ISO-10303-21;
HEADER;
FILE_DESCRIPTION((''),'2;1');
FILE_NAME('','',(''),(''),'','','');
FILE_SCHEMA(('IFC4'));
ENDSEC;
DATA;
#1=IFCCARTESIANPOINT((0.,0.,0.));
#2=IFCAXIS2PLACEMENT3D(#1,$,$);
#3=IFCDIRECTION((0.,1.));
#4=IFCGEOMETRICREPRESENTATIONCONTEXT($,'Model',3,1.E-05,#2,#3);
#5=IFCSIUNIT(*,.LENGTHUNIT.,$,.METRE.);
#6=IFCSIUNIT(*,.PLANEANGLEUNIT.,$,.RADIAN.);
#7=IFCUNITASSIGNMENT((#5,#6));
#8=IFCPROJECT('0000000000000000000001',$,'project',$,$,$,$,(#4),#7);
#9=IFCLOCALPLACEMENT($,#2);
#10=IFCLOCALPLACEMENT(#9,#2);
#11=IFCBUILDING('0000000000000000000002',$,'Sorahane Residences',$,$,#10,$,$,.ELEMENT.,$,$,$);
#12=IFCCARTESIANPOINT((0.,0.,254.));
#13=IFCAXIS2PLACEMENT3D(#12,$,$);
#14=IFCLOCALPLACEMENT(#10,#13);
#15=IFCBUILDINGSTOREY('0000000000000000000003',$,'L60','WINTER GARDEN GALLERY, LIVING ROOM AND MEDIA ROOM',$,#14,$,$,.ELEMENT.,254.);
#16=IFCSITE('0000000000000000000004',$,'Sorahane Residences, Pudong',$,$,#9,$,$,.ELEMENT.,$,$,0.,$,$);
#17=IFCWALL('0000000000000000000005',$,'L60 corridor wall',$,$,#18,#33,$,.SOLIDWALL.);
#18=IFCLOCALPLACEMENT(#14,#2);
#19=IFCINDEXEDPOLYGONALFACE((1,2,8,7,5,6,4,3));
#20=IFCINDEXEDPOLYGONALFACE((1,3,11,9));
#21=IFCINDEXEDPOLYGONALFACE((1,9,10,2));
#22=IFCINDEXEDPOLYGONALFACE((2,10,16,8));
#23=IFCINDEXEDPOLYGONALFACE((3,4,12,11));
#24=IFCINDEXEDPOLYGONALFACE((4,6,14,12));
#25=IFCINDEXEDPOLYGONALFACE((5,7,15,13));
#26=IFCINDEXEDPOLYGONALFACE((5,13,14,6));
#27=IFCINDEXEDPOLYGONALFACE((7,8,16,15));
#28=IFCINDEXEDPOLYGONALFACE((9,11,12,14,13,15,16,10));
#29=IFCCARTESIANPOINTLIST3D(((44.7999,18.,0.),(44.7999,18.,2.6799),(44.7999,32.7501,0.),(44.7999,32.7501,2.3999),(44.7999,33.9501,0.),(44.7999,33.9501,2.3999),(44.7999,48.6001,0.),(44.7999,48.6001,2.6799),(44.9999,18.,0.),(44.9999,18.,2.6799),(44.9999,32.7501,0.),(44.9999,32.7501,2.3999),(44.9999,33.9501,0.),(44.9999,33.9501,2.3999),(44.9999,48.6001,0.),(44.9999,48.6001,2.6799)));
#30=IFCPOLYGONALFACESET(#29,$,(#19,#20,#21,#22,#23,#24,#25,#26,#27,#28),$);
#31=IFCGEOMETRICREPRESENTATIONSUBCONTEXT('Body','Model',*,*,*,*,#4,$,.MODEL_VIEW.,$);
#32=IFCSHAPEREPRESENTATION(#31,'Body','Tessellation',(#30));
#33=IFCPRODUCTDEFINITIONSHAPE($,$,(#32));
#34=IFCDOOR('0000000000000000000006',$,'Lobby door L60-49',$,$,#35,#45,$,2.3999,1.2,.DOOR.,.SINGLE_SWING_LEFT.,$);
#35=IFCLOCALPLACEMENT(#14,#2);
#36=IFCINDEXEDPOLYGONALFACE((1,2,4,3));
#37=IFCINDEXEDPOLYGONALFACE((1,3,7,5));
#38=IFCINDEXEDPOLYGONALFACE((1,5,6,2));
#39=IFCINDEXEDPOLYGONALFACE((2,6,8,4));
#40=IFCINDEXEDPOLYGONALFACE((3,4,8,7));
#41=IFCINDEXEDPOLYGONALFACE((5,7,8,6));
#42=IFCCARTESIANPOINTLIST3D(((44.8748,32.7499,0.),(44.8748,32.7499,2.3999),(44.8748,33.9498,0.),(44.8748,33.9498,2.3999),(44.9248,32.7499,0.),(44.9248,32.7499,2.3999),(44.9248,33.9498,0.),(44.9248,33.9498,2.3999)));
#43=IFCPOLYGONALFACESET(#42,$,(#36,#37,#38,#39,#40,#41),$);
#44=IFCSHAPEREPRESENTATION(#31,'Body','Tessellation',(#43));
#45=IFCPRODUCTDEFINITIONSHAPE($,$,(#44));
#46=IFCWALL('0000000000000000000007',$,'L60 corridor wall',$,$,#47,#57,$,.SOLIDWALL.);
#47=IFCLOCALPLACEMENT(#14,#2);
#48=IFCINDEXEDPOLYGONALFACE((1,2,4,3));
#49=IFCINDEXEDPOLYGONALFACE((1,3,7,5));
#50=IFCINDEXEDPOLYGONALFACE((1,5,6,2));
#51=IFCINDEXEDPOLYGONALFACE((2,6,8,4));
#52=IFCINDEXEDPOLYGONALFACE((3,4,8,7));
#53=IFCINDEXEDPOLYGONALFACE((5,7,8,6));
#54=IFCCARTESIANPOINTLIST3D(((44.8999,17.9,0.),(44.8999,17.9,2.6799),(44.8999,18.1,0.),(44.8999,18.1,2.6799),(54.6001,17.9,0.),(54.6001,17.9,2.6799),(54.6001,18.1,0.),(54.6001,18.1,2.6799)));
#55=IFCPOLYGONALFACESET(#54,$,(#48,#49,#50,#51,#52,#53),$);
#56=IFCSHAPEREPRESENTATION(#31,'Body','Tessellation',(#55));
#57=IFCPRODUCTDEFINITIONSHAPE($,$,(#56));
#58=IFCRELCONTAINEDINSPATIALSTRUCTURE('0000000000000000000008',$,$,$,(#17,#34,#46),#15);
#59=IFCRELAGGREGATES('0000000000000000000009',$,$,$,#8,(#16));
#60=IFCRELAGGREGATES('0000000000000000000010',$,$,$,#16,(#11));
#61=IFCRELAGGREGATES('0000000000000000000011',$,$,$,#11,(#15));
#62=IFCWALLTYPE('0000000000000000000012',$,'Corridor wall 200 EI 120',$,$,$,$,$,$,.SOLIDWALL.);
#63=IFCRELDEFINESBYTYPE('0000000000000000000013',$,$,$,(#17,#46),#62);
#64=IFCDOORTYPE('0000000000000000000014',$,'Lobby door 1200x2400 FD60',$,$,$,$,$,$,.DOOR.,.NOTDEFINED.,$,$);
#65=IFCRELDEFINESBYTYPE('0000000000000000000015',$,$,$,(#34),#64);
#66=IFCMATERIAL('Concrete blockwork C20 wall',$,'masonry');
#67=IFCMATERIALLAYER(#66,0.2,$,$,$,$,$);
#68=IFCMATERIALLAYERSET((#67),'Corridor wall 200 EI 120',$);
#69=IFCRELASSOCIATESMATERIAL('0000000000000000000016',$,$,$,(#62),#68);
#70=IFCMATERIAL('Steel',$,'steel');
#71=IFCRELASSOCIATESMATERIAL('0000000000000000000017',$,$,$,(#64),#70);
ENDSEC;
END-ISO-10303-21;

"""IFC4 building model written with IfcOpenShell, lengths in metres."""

from ifc_helpers import new_model, si_unit, direction, frame, frame_2d, origin, place, context, subcontext, project, spatial, rectangle, extrude, material, layer, layer_set, type_object, element, fill, save


model = new_model("IFC4")

# Units and contexts
model_context = context("Model", 3, precision=1e-05, world=origin(), true_north=direction((0.0, 1.0)))
body_context = subcontext(model_context, "Body", "Model", "MODEL_VIEW")
ifc_project = project(units=[si_unit("LENGTHUNIT", "METRE"), si_unit("PLANEANGLEUNIT", "RADIAN")], contexts=[model_context])

# Site, building, storey
site_placement = place(None, origin())
site = spatial("IfcSite", under=ifc_project, at=site_placement, Name="Sorahane Residences, Pudong", CompositionType="ELEMENT", RefElevation=0.0)
building_placement = place(site_placement, origin())
building = spatial("IfcBuilding", under=site, at=building_placement, Name="Sorahane Residences", CompositionType="ELEMENT")
storey_placement = place(building_placement, frame((0.0, 0.0, 254.0)))
storey = spatial("IfcBuildingStorey", under=building, at=storey_placement, Name="L60", Description="WINTER GARDEN GALLERY, LIVING ROOM AND MEDIA ROOM", CompositionType="ELEMENT", Elevation=254.0)

# Wall, opening, door
ifc_material_1 = material(Name="Concrete blockwork C20 wall", Category="masonry")
ifc_layer_1 = layer(ifc_material_1, 0.2)
ifc_layer_set_1 = layer_set([ifc_layer_1], Name="Corridor wall 200 EI 120")
wall_type = type_object("IfcWallType", Name="Corridor wall 200 EI 120", PredefinedType="SOLIDWALL", material=ifc_layer_set_1)
wall_1_placement = place(storey_placement, frame((44.8999, 18.0, 0.0), z_axis=(0.0, 0.0, 1.0), x_axis=(0.0, 1.0, 0.0)))
wall_1 = element("IfcWall", 1, at=wall_1_placement, inside=storey, type_object=wall_type, Name="L60 corridor wall", PredefinedType="SOLIDWALL", context=body_context, shape_type="SweptSolid", body=[
    extrude(rectangle(XDim=30.6001, YDim=0.2, at=frame_2d((15.3, 0.0))), origin(), (0.0, 0.0, 1.0), 2.6799),
])
opening_placement = place(wall_1_placement, frame((14.75, 0.0, 0.0)))
opening = element("IfcOpeningElement", 2, at=opening_placement, cuts=wall_1, PredefinedType="OPENING", context=body_context, shape_type="SweptSolid", body=[
    extrude(rectangle(XDim=1.2, YDim=2.3999, at=frame_2d((0.6001, 1.2))), frame((0.0, 0.1099, 0.0), z_axis=(0.0, -1.0, 0.0), x_axis=(1.0, 0.0, 0.0)), (0.0, 0.0, 1.0), 0.22),
])
ifc_material_2 = material(Name="Steel", Category="steel")
door_type = type_object("IfcDoorType", Name="Lobby door 1200x2400 FD60", OperationType="NOTDEFINED", PredefinedType="DOOR", material=ifc_material_2)
door_placement = place(opening_placement, frame((1.2, 0.0, 0.0), z_axis=(0.0, 0.0, 1.0), x_axis=(-1.0, 0.0, 0.0)))
door = element("IfcDoor", 3, at=door_placement, inside=storey, type_object=door_type, Name="Lobby door L60-49", OperationType="SINGLE_SWING_LEFT", OverallHeight=2.3999, OverallWidth=1.2, PredefinedType="DOOR", context=body_context, shape_type="SweptSolid", body=[
    extrude(rectangle(XDim=1.2, YDim=2.3999, at=frame_2d((0.6001, 1.2))), frame((0.0, 0.0249, 0.0), z_axis=(0.0, -1.0, 0.0), x_axis=(1.0, 0.0, 0.0)), (0.0, 0.0, 1.0), 0.05),
])
fill(opening, door)

# Wall
wall_2_placement = place(storey_placement, frame((44.8999, 18.0, 0.0), z_axis=(0.0, 0.0, 1.0), x_axis=(1.0, 0.0, 0.0)))
element("IfcWall", 4, at=wall_2_placement, inside=storey, type_object=wall_type, Name="L60 corridor wall", PredefinedType="SOLIDWALL", context=body_context, shape_type="SweptSolid", body=[
    extrude(rectangle(XDim=9.7002, YDim=0.2, at=frame_2d((4.8501, 0.0))), origin(), (0.0, 0.0, 1.0), 2.6799),
])

save(model, "model.ifc")
